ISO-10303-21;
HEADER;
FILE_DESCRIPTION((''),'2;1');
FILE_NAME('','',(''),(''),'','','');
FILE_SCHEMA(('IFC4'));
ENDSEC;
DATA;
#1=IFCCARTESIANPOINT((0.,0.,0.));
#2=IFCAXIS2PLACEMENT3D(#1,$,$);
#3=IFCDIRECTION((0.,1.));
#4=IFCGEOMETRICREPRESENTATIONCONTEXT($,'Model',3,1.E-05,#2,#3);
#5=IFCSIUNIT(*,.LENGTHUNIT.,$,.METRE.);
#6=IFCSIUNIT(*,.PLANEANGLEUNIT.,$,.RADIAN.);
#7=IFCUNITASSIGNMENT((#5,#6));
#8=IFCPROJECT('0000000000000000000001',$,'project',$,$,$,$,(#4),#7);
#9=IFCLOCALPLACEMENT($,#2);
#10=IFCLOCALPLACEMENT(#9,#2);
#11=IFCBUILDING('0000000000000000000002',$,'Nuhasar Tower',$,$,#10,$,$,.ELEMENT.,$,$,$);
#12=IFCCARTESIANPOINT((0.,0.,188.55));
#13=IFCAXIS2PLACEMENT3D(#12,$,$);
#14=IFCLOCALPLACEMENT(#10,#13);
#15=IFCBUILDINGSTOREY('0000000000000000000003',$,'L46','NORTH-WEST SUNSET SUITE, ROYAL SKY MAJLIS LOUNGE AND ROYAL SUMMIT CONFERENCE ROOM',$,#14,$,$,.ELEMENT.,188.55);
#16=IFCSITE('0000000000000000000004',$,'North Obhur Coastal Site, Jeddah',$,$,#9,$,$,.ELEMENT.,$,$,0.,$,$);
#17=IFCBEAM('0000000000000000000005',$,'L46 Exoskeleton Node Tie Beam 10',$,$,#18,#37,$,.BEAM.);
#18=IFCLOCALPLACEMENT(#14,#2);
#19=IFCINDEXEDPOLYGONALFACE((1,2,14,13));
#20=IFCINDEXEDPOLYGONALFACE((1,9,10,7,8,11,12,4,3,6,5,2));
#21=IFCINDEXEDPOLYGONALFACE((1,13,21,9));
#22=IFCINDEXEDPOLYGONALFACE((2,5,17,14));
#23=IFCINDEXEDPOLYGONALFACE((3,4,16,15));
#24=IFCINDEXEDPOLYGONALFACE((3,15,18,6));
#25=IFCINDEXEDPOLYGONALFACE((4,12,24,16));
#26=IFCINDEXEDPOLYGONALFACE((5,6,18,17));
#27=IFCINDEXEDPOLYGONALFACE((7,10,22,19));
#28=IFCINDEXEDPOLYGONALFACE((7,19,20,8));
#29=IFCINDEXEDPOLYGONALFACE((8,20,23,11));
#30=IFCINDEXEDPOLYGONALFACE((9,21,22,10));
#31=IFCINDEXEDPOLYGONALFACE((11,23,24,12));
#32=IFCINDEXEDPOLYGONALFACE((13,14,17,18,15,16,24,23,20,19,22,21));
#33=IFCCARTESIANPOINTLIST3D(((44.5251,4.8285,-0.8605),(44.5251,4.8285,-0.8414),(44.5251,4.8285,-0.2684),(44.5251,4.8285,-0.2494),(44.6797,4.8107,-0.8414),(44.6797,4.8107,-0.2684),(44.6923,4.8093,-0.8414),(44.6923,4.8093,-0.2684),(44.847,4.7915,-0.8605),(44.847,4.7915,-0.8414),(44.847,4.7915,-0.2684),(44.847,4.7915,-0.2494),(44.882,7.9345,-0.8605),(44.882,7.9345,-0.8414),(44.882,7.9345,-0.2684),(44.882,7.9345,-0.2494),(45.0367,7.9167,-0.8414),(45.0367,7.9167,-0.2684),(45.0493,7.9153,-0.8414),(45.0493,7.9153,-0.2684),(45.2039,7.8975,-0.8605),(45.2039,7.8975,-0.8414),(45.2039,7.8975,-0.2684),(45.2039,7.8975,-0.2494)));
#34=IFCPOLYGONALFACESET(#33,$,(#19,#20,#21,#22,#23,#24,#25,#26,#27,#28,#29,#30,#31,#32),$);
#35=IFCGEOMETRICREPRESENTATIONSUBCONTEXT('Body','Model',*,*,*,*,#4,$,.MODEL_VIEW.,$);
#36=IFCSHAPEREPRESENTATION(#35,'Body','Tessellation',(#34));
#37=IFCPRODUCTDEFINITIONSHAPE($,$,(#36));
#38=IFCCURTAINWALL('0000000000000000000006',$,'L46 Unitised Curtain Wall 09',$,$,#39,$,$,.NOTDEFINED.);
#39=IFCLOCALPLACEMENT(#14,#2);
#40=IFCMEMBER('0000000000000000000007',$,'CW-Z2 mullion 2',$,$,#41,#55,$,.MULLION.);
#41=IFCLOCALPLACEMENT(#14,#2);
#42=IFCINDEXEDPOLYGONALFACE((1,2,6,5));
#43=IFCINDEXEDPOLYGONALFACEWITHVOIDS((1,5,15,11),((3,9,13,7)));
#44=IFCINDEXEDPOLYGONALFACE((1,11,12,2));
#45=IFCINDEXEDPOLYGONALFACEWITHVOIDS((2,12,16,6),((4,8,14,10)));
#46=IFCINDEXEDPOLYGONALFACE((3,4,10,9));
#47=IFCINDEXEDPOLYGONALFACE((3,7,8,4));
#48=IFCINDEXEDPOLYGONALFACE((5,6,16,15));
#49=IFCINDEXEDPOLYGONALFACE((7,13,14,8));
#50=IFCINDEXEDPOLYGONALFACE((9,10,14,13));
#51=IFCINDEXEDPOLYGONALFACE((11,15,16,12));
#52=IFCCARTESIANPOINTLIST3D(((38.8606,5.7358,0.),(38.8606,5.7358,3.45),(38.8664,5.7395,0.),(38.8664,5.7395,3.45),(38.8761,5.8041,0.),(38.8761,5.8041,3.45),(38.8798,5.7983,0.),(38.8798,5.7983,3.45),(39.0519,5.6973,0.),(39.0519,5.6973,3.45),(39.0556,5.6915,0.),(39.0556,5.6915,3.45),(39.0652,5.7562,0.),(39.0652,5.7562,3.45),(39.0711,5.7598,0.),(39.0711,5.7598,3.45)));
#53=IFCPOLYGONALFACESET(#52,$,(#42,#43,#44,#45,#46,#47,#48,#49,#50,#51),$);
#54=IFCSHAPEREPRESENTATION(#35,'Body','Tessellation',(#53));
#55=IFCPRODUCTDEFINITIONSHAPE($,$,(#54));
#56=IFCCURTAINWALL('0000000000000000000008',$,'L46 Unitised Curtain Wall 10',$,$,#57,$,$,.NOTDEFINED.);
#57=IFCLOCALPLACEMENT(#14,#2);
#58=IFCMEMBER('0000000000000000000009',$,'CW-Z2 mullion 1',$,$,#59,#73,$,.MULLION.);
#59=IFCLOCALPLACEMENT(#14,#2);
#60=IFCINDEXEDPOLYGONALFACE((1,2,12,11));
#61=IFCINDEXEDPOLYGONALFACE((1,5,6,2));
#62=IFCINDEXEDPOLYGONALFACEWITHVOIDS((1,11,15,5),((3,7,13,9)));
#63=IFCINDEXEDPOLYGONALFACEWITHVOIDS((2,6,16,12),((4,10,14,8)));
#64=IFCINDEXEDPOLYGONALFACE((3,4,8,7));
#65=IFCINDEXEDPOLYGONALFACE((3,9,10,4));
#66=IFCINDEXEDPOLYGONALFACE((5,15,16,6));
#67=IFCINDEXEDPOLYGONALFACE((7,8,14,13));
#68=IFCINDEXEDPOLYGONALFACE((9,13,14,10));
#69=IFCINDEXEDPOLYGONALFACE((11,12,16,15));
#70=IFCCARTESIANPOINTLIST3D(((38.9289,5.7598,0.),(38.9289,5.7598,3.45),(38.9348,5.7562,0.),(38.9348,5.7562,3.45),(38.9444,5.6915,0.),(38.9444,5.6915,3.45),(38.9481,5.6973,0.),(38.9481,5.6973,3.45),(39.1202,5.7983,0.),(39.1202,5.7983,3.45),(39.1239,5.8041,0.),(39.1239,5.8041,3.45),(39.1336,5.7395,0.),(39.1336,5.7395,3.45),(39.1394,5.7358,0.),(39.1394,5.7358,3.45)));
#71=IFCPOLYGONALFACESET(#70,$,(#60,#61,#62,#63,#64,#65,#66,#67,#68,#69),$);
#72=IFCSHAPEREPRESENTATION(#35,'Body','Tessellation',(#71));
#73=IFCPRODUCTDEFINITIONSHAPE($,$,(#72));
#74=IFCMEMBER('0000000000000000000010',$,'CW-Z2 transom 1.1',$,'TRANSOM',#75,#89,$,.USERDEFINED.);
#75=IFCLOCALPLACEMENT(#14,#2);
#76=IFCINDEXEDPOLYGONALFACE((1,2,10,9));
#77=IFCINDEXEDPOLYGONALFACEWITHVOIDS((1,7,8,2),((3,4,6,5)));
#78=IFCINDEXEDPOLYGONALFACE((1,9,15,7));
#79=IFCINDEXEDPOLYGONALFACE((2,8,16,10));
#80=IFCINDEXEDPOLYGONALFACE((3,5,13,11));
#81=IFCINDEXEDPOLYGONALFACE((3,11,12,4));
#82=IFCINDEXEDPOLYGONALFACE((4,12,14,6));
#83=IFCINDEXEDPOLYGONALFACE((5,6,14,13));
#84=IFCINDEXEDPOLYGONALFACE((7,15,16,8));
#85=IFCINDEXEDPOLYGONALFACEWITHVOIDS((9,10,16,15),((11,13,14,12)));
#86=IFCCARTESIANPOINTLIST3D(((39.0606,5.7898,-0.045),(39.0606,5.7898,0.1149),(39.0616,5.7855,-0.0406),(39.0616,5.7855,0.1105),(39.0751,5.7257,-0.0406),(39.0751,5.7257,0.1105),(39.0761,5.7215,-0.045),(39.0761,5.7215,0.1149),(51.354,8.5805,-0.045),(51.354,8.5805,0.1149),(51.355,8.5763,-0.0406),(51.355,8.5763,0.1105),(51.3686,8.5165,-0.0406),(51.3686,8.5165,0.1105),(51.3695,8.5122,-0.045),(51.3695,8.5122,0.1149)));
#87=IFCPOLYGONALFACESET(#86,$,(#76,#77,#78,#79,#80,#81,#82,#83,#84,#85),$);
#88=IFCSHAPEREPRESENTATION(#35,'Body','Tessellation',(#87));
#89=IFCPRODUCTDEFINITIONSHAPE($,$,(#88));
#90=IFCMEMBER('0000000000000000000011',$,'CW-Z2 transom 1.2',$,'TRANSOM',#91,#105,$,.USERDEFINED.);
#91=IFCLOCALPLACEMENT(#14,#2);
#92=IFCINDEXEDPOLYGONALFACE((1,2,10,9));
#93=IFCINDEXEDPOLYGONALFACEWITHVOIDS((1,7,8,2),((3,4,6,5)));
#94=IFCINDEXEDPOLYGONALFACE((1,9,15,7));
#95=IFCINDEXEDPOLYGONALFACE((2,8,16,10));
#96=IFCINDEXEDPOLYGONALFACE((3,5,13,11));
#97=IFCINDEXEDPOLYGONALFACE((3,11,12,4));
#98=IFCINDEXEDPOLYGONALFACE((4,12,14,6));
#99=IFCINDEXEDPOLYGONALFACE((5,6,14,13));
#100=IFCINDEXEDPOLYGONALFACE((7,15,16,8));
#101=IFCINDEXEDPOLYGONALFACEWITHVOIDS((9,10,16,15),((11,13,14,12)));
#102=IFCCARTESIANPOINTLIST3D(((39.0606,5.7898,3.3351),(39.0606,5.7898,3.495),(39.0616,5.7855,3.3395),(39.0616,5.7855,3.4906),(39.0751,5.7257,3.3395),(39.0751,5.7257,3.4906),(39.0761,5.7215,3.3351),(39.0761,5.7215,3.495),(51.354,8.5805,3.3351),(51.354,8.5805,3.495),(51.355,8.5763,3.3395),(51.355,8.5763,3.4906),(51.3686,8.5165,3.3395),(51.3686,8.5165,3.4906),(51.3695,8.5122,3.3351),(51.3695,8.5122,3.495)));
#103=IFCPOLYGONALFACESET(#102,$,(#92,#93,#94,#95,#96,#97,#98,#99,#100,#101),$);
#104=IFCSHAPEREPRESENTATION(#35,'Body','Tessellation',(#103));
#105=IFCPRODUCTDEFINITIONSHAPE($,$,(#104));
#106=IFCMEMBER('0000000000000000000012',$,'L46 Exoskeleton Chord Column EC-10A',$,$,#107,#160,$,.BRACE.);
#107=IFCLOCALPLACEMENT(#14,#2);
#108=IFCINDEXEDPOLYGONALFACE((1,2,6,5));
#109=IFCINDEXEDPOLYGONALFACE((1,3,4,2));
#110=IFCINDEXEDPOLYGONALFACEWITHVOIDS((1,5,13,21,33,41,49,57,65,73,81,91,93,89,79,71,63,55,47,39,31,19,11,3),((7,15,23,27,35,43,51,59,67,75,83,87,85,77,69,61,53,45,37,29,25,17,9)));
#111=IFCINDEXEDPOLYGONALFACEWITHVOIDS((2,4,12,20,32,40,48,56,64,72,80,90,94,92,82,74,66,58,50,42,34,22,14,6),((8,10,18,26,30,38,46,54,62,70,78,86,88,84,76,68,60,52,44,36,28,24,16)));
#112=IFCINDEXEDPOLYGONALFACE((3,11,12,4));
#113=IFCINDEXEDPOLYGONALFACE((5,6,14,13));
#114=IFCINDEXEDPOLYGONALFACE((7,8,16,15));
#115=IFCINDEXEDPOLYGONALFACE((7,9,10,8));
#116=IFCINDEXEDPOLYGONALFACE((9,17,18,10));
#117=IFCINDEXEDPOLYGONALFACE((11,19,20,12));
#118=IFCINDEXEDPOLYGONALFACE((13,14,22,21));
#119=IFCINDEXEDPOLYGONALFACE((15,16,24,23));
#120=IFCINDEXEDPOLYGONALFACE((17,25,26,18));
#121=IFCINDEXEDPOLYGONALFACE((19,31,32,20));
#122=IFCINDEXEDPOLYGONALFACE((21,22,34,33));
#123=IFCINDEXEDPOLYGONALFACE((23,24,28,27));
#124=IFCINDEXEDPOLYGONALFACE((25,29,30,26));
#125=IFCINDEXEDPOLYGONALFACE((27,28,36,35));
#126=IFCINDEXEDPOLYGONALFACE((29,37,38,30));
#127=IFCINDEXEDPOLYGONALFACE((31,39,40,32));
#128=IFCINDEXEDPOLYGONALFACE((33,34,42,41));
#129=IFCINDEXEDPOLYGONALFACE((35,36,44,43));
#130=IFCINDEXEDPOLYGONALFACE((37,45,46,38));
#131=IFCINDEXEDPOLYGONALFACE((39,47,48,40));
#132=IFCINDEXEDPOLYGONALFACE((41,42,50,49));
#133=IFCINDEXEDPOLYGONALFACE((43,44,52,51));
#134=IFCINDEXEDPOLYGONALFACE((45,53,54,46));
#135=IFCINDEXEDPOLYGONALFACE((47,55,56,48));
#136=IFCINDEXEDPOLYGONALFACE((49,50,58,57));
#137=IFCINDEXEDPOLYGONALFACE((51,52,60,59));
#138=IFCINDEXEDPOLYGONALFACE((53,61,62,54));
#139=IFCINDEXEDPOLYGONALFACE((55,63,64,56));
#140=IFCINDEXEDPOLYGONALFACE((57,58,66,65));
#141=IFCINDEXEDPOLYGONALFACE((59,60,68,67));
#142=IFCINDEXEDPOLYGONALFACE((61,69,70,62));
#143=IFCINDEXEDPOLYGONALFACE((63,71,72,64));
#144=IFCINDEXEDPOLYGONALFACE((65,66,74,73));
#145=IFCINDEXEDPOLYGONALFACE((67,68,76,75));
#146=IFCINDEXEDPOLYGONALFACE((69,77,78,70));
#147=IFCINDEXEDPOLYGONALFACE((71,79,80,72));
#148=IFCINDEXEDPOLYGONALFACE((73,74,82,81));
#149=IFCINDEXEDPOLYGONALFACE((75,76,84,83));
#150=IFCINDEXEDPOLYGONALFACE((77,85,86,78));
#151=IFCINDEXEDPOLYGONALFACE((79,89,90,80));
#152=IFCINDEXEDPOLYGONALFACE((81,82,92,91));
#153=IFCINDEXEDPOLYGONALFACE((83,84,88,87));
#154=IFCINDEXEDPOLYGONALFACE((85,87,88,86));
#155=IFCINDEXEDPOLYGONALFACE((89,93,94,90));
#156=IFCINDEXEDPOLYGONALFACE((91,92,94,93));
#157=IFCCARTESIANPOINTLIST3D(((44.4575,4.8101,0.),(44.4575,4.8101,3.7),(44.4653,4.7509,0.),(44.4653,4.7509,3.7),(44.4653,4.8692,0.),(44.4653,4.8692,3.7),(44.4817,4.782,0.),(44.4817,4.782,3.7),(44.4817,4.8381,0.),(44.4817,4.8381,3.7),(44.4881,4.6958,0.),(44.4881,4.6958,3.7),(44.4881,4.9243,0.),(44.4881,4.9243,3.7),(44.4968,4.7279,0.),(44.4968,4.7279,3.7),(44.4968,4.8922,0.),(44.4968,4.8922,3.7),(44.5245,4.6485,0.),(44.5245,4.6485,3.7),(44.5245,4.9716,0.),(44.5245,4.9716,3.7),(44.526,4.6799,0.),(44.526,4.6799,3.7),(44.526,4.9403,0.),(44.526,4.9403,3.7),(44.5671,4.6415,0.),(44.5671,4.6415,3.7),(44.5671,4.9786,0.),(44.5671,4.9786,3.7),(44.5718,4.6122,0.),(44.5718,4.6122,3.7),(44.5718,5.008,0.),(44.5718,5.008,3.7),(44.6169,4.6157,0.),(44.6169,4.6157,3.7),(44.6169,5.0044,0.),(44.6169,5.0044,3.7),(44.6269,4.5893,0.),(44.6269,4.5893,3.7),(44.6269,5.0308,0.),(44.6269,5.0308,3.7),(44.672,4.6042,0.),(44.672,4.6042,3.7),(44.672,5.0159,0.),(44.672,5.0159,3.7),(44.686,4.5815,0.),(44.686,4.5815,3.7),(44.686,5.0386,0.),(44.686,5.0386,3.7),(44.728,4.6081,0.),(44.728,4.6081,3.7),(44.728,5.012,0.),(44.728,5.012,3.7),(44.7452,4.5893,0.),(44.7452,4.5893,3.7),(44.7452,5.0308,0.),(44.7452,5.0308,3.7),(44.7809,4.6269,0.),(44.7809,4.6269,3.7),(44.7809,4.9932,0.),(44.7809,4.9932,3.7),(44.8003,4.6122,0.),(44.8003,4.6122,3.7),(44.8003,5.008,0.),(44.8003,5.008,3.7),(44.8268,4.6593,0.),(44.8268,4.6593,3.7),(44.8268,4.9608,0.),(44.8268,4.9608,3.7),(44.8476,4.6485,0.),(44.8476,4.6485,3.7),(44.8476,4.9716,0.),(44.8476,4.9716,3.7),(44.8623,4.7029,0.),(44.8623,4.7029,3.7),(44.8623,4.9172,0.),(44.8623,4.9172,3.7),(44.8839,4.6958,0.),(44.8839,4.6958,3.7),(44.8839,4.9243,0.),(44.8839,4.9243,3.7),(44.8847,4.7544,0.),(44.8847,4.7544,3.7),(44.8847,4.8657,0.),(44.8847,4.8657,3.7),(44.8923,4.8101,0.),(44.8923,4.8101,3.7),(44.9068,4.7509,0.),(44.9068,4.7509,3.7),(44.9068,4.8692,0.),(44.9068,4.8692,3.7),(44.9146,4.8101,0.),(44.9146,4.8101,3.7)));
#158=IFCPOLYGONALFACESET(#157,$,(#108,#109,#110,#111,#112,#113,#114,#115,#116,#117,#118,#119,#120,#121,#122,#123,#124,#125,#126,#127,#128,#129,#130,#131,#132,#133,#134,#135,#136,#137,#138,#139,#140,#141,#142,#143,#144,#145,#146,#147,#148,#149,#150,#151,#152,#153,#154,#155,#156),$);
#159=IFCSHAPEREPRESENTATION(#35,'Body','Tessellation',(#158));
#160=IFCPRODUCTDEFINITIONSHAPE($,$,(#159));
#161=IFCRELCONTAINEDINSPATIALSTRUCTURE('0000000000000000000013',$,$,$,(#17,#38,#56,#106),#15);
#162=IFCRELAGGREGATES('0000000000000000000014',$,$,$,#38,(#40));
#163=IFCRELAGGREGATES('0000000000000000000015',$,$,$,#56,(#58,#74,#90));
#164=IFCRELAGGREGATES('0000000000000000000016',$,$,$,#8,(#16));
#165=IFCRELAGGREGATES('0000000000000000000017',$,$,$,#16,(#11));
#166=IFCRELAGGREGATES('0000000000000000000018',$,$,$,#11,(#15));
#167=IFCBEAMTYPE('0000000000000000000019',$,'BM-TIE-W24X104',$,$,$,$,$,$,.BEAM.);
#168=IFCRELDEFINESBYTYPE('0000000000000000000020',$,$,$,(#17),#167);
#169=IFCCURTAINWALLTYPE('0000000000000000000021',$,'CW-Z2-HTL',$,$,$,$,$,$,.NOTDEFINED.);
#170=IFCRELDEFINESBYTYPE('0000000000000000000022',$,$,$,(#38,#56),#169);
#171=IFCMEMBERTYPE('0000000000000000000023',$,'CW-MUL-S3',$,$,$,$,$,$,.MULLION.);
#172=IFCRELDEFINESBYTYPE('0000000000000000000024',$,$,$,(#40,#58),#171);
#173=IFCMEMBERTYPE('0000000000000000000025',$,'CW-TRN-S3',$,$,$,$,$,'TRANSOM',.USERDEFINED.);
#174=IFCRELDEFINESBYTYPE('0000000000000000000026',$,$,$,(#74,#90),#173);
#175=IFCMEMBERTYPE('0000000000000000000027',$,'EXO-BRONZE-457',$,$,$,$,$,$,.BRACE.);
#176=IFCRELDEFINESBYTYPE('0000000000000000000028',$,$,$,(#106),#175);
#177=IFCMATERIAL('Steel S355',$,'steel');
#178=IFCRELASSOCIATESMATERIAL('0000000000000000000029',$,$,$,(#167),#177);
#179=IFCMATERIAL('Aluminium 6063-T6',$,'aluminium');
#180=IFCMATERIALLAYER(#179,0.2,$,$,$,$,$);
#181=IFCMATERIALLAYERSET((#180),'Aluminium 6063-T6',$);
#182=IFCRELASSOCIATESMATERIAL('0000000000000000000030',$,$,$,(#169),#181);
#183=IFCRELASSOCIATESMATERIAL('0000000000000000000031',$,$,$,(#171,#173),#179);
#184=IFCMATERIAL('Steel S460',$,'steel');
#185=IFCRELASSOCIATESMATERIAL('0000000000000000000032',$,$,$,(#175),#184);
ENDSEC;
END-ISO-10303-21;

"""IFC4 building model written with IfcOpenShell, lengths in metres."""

from ifc_helpers import new_model, si_unit, direction, frame, origin, origin_2d, place, context, subcontext, project, spatial, hollow_rectangle, hollow_circle, i_section, extrude, material, layer, layer_set, material_profile, profile_set, type_object, element, aggregate, save


model = new_model("IFC4")

# Units and contexts
model_context = context("Model", 3, precision=1e-05, world=origin(), true_north=direction((0.0, 1.0)))
body_context = subcontext(model_context, "Body", "Model", "MODEL_VIEW")
ifc_project = project(units=[si_unit("LENGTHUNIT", "METRE"), si_unit("PLANEANGLEUNIT", "RADIAN")], contexts=[model_context])

# Site, building, storey
site_placement = place(None, origin())
site = spatial("IfcSite", under=ifc_project, at=site_placement, Name="North Obhur Coastal Site, Jeddah", CompositionType="ELEMENT", RefElevation=0.0)
building_placement = place(site_placement, origin())
building = spatial("IfcBuilding", under=site, at=building_placement, Name="Nuhasar Tower", CompositionType="ELEMENT")
storey_placement = place(building_placement, frame((0.0, 0.0, 188.55)))
storey = spatial("IfcBuildingStorey", under=building, at=storey_placement, Name="L46", Description="NORTH-WEST SUNSET SUITE, ROYAL SKY MAJLIS LOUNGE AND ROYAL SUMMIT CONFERENCE ROOM", CompositionType="ELEMENT", Elevation=188.55)

# Beam
ifc_material_1 = material(Name="Steel S355", Category="steel")
ifc_material_profile_1 = material_profile(ifc_material_1, i_section(OverallWidth=0.324, OverallDepth=0.6111, WebThickness=0.0127, FlangeThickness=0.019, at=origin_2d()), Name="W24X104")
ifc_profile_set_1 = profile_set([ifc_material_profile_1], Name="Steel S355")
beam_type_1 = type_object("IfcBeamType", Name="BM-TIE-W24X104", PredefinedType="BEAM", material=ifc_profile_set_1)
beam_1_placement = place(storey_placement, frame((45.043, 7.916, -0.5549), z_axis=(-0.114168, -0.993461, 0.0), x_axis=(0.993461, -0.114168, 0.0)))
element("IfcBeam", 1, at=beam_1_placement, inside=storey, type_object=beam_type_1, Name="L46 Exoskeleton Node Tie Beam 10", PredefinedType="BEAM", context=body_context, shape_type="SweptSolid", body=[
    extrude(i_section(OverallWidth=0.324, OverallDepth=0.6111, WebThickness=0.0127, FlangeThickness=0.019, at=origin_2d()), origin(), (0.0, 0.0, 1.0), 3.1265),
])

# Curtain wall, member
ifc_material_2 = material(Name="Aluminium 6063-T6", Category="aluminium")
ifc_layer_1 = layer(ifc_material_2, 0.2)
ifc_layer_set_1 = layer_set([ifc_layer_1], Name="Aluminium 6063-T6")
curtain_wall_type = type_object("IfcCurtainWallType", Name="CW-Z2-HTL", PredefinedType="NOTDEFINED", material=ifc_layer_set_1)
curtain_wall_1_placement = place(storey_placement, origin())
curtain_wall_1 = element("IfcCurtainWall", 2, at=curtain_wall_1_placement, inside=storey, type_object=curtain_wall_type, Name="L46 Unitised Curtain Wall 09", PredefinedType="NOTDEFINED")
ifc_material_profile_2 = material_profile(ifc_material_2, hollow_rectangle(XDim=0.0701, YDim=0.2, WallThickness=0.0049, at=origin_2d()), Name="CWM-3")
ifc_profile_set_2 = profile_set([ifc_material_profile_2], Name="Aluminium 6063-T6")
member_type_1 = type_object("IfcMemberType", Name="CW-MUL-S3", PredefinedType="MULLION", material=ifc_profile_set_2)
member_1_placement = place(storey_placement, frame((38.9658, 5.7478, 0.0), z_axis=(0.0, 0.0, 1.0), x_axis=(0.221397, 0.975184, 0.0)))
member_1 = element("IfcMember", 3, at=member_1_placement, type_object=member_type_1, Name="CW-Z2 mullion 2", PredefinedType="MULLION", context=body_context, shape_type="SweptSolid", body=[
    extrude(hollow_rectangle(XDim=0.0701, YDim=0.2, WallThickness=0.0049, at=origin_2d()), origin(), (0.0, 0.0, 1.0), 3.45),
])
aggregate(curtain_wall_1, [member_1])

# Curtain wall, members
curtain_wall_2_placement = place(storey_placement, origin())
curtain_wall_2 = element("IfcCurtainWall", 4, at=curtain_wall_2_placement, inside=storey, type_object=curtain_wall_type, Name="L46 Unitised Curtain Wall 10", PredefinedType="NOTDEFINED")
member_2_placement = place(storey_placement, frame((39.0342, 5.7478, 0.0), z_axis=(0.0, 0.0, 1.0), x_axis=(-0.221397, 0.975184, 0.0)))
member_2 = element("IfcMember", 5, at=member_2_placement, type_object=member_type_1, Name="CW-Z2 mullion 1", PredefinedType="MULLION", context=body_context, shape_type="SweptSolid", body=[
    extrude(hollow_rectangle(XDim=0.0701, YDim=0.2, WallThickness=0.0049, at=origin_2d()), origin(), (0.0, 0.0, 1.0), 3.45),
])
ifc_material_profile_3 = material_profile(ifc_material_2, hollow_rectangle(XDim=0.0701, YDim=0.1599, WallThickness=0.0044, at=origin_2d()), Name="CWT-3")
ifc_profile_set_3 = profile_set([ifc_material_profile_3], Name="Aluminium 6063-T6")
member_type_2 = type_object("IfcMemberType", Name="CW-TRN-S3", ElementType="TRANSOM", PredefinedType="USERDEFINED", material=ifc_profile_set_3)
member_3_placement = place(storey_placement, frame((39.0684, 5.7556, 0.0349), z_axis=(0.975188, 0.22138, 0.0), x_axis=(-0.22138, 0.975188, 0.0)))
member_3 = element("IfcMember", 6, at=member_3_placement, type_object=member_type_2, Name="CW-Z2 transom 1.1", ObjectType="TRANSOM", PredefinedType="USERDEFINED", context=body_context, shape_type="SweptSolid", body=[
    extrude(hollow_rectangle(XDim=0.0701, YDim=0.1599, WallThickness=0.0044, at=origin_2d()), origin(), (0.0, 0.0, 1.0), 12.6062),
])
member_4_placement = place(storey_placement, frame((39.0684, 5.7556, 3.415), z_axis=(0.975188, 0.22138, 0.0), x_axis=(-0.22138, 0.975188, 0.0)))
member_4 = element("IfcMember", 7, at=member_4_placement, type_object=member_type_2, Name="CW-Z2 transom 1.2", ObjectType="TRANSOM", PredefinedType="USERDEFINED", context=body_context, shape_type="SweptSolid", body=[
    extrude(hollow_rectangle(XDim=0.0701, YDim=0.1599, WallThickness=0.0044, at=origin_2d()), origin(), (0.0, 0.0, 1.0), 12.6062),
])

# Member
ifc_material_3 = material(Name="Steel S460", Category="steel")
ifc_material_profile_4 = material_profile(ifc_material_3, hollow_circle(Radius=0.2285, WallThickness=0.0222, at=origin_2d()), Name="HSS457X22.2")
ifc_profile_set_4 = profile_set([ifc_material_profile_4], Name="Steel S460")
member_type_3 = type_object("IfcMemberType", Name="EXO-BRONZE-457", PredefinedType="BRACE", material=ifc_profile_set_4)
member_5_placement = place(storey_placement, frame((44.686, 4.8101, 0.0), z_axis=(0.0, 0.0, 1.0), x_axis=(1.0, 0.0, 0.0)))
element("IfcMember", 8, at=member_5_placement, inside=storey, type_object=member_type_3, Name="L46 Exoskeleton Chord Column EC-10A", PredefinedType="BRACE", context=body_context, shape_type="SweptSolid", body=[
    extrude(hollow_circle(Radius=0.2285, WallThickness=0.0222, at=origin_2d()), origin(), (0.0, 0.0, 1.0), 3.7),
])

aggregate(curtain_wall_2, [member_2, member_3, member_4])

save(model, "model.ifc")
